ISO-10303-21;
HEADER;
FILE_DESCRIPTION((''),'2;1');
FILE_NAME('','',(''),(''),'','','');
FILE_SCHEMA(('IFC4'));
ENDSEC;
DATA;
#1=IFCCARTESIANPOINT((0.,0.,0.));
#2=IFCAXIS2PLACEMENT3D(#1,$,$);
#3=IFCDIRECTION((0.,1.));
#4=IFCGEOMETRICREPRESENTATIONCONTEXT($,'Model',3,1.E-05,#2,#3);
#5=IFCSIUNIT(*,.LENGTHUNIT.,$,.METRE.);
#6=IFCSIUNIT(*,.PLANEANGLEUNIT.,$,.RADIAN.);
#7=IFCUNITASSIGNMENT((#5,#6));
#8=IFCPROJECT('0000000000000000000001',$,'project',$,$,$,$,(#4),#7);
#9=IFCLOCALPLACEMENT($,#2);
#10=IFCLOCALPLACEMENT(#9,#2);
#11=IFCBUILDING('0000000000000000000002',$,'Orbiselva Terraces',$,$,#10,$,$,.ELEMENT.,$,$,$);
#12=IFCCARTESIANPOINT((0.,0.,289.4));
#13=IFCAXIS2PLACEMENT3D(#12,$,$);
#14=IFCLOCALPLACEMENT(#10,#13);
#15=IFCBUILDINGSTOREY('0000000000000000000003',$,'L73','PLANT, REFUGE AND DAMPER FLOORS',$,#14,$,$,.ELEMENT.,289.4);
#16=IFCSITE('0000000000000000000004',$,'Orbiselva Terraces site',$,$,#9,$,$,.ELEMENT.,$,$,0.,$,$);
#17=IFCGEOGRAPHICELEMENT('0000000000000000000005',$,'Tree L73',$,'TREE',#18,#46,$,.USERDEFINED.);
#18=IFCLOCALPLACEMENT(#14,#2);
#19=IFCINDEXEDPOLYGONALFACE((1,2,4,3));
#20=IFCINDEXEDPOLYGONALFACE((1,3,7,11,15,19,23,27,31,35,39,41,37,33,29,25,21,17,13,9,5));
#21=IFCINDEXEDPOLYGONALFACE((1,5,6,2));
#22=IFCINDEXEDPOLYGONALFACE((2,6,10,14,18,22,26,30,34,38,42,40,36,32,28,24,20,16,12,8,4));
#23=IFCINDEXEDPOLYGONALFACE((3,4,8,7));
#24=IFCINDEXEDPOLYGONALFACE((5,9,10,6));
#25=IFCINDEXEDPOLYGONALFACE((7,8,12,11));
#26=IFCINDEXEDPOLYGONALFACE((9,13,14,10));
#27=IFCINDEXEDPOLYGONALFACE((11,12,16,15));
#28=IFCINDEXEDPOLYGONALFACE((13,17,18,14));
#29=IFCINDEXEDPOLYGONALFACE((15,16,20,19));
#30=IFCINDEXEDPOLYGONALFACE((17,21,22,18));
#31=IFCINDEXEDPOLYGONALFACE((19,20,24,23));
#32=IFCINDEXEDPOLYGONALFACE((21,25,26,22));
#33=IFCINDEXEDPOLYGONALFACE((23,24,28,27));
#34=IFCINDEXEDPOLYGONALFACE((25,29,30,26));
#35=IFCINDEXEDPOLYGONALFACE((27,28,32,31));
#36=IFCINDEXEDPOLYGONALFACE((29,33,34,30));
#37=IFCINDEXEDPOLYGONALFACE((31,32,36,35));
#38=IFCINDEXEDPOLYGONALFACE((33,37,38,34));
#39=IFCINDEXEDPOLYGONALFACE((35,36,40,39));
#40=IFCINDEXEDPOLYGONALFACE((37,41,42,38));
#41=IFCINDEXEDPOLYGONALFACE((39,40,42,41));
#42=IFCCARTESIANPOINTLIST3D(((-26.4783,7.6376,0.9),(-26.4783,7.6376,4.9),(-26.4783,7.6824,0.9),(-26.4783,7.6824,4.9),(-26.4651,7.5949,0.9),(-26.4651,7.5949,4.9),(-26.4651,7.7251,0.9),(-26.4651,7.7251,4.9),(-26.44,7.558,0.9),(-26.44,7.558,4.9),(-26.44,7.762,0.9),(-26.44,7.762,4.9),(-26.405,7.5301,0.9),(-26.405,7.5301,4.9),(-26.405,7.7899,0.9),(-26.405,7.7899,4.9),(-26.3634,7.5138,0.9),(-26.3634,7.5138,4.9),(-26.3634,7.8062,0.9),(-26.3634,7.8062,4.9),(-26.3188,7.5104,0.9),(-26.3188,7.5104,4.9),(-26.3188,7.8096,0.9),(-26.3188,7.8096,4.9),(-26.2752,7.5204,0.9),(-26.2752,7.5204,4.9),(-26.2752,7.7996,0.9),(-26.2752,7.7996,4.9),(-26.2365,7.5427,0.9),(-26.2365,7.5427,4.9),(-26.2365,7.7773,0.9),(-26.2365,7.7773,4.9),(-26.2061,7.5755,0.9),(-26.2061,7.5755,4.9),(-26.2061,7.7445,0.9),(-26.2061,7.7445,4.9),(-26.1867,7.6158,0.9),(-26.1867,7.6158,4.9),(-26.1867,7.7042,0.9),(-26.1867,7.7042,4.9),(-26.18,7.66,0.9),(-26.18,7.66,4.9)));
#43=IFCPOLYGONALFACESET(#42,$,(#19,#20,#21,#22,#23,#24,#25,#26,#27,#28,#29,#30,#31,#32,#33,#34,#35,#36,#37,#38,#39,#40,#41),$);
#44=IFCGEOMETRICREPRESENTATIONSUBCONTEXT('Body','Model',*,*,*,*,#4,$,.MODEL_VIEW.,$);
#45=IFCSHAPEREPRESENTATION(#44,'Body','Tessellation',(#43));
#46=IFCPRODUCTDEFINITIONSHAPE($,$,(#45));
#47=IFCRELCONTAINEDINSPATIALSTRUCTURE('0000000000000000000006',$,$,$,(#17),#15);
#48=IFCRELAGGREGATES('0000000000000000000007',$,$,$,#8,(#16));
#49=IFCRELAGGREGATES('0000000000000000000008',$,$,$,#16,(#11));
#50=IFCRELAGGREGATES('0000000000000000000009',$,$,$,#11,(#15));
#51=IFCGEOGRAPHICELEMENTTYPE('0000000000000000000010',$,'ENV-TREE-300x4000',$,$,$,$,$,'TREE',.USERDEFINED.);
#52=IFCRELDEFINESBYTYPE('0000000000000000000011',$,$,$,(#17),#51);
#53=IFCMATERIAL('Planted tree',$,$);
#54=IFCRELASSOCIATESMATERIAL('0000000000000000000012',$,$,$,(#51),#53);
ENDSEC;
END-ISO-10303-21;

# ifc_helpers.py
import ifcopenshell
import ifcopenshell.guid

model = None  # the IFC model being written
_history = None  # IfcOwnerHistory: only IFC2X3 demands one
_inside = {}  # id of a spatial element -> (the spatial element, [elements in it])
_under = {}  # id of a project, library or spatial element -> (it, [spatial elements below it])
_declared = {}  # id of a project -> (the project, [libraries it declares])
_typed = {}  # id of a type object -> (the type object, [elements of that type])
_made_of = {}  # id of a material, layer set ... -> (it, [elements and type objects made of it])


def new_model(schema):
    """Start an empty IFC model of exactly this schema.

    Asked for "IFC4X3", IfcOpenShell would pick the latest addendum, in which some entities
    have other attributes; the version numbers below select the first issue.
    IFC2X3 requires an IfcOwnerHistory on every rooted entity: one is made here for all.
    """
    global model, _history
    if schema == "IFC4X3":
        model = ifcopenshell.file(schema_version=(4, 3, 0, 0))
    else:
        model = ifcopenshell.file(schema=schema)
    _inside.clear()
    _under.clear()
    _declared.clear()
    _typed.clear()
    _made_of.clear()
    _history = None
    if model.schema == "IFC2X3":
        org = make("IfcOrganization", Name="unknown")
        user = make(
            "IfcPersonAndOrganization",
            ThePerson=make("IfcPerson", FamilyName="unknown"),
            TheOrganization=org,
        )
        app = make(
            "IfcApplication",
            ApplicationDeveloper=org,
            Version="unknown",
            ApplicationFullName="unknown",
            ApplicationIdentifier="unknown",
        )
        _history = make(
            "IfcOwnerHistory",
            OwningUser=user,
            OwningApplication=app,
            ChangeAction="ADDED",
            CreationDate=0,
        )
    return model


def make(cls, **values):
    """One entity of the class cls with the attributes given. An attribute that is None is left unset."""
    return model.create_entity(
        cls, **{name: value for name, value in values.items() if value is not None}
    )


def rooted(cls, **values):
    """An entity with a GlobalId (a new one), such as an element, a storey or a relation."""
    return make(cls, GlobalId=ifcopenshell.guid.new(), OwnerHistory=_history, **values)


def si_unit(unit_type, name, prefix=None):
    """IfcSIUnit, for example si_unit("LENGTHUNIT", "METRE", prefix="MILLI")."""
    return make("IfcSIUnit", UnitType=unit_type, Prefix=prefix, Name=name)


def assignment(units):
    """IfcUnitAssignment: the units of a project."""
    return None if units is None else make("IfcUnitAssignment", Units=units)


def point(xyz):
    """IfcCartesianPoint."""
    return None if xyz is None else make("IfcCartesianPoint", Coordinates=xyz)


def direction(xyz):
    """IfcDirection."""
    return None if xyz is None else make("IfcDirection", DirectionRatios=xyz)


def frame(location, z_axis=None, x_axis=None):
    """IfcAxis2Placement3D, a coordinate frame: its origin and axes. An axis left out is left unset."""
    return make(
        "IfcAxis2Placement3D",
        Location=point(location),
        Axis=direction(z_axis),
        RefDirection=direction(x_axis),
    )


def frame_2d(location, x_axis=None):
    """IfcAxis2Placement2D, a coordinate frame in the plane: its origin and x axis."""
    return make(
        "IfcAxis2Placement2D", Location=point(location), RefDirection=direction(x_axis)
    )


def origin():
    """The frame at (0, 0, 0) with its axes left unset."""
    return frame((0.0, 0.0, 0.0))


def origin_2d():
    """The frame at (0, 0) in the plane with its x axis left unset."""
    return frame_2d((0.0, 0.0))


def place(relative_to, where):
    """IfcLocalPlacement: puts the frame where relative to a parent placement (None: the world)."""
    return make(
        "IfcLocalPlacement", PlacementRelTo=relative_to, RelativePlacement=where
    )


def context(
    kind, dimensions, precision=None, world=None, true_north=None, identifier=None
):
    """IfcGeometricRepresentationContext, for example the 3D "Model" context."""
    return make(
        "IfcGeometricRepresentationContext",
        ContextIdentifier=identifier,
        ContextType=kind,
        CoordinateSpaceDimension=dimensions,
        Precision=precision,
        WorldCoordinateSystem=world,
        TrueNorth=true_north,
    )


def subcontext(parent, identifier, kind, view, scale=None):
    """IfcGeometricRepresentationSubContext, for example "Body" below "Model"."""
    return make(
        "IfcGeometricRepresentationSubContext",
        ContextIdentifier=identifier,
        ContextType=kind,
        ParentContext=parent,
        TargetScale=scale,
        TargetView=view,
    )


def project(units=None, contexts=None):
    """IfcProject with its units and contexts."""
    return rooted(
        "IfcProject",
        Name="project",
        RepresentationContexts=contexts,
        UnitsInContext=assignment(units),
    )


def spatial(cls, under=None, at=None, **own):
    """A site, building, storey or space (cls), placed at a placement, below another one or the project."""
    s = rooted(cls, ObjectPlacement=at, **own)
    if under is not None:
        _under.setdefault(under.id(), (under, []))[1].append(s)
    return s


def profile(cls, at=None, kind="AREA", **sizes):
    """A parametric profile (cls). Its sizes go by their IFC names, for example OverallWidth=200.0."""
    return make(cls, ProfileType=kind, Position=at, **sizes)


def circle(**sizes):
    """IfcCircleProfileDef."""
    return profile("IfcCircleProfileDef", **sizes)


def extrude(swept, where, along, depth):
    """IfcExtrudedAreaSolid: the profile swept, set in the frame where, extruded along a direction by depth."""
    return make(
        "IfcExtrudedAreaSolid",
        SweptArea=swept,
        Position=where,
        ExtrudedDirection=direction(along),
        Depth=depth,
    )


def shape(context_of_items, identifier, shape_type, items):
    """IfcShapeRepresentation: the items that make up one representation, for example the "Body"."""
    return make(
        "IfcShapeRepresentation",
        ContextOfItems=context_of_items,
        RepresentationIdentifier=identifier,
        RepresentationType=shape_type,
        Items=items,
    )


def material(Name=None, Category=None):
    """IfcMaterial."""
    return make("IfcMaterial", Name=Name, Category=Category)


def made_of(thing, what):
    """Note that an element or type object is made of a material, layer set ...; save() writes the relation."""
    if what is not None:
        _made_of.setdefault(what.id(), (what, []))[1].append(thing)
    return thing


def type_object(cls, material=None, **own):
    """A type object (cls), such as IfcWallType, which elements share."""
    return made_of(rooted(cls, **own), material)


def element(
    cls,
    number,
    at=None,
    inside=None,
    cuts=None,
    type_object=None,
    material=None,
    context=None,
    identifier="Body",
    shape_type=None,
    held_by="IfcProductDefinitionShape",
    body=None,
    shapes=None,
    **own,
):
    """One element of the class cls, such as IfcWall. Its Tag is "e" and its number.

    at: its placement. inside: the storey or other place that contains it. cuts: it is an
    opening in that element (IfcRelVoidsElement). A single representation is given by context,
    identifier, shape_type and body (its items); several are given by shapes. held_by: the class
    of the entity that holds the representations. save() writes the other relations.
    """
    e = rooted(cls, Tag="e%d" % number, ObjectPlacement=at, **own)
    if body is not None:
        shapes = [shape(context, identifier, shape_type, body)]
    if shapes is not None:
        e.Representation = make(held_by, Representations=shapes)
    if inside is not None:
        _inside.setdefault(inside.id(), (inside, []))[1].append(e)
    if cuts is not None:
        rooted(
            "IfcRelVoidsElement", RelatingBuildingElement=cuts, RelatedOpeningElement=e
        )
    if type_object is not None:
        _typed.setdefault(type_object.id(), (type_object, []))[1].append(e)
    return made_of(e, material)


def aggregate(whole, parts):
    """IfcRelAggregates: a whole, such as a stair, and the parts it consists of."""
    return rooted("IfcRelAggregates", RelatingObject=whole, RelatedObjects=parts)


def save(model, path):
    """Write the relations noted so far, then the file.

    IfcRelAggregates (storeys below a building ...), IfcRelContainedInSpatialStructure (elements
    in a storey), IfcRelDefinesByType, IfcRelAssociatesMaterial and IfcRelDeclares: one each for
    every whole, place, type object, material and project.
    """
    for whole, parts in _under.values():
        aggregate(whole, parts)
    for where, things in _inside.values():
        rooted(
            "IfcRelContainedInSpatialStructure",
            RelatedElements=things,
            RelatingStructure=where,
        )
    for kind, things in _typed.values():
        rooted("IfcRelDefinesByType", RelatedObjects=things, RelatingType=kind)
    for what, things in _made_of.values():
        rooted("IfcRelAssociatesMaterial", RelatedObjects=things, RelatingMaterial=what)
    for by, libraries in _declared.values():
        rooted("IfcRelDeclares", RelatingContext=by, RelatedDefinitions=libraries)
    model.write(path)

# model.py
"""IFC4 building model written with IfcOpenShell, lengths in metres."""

from ifc_helpers import new_model, si_unit, direction, frame, origin, origin_2d, place, context, subcontext, project, spatial, circle, extrude, material, type_object, element, save


model = new_model("IFC4")

# Units and contexts
model_context = context("Model", 3, precision=1e-05, world=origin(), true_north=direction((0.0, 1.0)))
body_context = subcontext(model_context, "Body", "Model", "MODEL_VIEW")
ifc_project = project(units=[si_unit("LENGTHUNIT", "METRE"), si_unit("PLANEANGLEUNIT", "RADIAN")], contexts=[model_context])

# Site, building, storey
site_placement = place(None, origin())
site = spatial("IfcSite", under=ifc_project, at=site_placement, Name="Orbiselva Terraces site", CompositionType="ELEMENT", RefElevation=0.0)
building_placement = place(site_placement, origin())
building = spatial("IfcBuilding", under=site, at=building_placement, Name="Orbiselva Terraces", CompositionType="ELEMENT")
storey_placement = place(building_placement, frame((0.0, 0.0, 289.4)))
storey = spatial("IfcBuildingStorey", under=building, at=storey_placement, Name="L73", Description="PLANT, REFUGE AND DAMPER FLOORS", CompositionType="ELEMENT", Elevation=289.4)

# Geographic element
ifc_material_1 = material(Name="Planted tree")
geographic_element_type = type_object("IfcGeographicElementType", Name="ENV-TREE-300x4000", ElementType="TREE", PredefinedType="USERDEFINED", material=ifc_material_1)
for number, where, z_axis, x_axis, name in (
    (1, (-26.33, 7.66, 4.9), (0.0, 0.0, -1.0), (1.0, 0.0, 0.0), "Tree L73"),
):
    element("IfcGeographicElement", number, at=place(storey_placement, frame(where, z_axis=z_axis, x_axis=x_axis)), inside=storey, type_object=geographic_element_type, Name=name, ObjectType="TREE", PredefinedType="USERDEFINED", context=body_context, shape_type="SweptSolid", body=[
        extrude(circle(Radius=0.15, at=origin_2d()), origin(), (0.0, 0.0, 1.0), 4.0),
    ])

save(model, "model.ifc")
